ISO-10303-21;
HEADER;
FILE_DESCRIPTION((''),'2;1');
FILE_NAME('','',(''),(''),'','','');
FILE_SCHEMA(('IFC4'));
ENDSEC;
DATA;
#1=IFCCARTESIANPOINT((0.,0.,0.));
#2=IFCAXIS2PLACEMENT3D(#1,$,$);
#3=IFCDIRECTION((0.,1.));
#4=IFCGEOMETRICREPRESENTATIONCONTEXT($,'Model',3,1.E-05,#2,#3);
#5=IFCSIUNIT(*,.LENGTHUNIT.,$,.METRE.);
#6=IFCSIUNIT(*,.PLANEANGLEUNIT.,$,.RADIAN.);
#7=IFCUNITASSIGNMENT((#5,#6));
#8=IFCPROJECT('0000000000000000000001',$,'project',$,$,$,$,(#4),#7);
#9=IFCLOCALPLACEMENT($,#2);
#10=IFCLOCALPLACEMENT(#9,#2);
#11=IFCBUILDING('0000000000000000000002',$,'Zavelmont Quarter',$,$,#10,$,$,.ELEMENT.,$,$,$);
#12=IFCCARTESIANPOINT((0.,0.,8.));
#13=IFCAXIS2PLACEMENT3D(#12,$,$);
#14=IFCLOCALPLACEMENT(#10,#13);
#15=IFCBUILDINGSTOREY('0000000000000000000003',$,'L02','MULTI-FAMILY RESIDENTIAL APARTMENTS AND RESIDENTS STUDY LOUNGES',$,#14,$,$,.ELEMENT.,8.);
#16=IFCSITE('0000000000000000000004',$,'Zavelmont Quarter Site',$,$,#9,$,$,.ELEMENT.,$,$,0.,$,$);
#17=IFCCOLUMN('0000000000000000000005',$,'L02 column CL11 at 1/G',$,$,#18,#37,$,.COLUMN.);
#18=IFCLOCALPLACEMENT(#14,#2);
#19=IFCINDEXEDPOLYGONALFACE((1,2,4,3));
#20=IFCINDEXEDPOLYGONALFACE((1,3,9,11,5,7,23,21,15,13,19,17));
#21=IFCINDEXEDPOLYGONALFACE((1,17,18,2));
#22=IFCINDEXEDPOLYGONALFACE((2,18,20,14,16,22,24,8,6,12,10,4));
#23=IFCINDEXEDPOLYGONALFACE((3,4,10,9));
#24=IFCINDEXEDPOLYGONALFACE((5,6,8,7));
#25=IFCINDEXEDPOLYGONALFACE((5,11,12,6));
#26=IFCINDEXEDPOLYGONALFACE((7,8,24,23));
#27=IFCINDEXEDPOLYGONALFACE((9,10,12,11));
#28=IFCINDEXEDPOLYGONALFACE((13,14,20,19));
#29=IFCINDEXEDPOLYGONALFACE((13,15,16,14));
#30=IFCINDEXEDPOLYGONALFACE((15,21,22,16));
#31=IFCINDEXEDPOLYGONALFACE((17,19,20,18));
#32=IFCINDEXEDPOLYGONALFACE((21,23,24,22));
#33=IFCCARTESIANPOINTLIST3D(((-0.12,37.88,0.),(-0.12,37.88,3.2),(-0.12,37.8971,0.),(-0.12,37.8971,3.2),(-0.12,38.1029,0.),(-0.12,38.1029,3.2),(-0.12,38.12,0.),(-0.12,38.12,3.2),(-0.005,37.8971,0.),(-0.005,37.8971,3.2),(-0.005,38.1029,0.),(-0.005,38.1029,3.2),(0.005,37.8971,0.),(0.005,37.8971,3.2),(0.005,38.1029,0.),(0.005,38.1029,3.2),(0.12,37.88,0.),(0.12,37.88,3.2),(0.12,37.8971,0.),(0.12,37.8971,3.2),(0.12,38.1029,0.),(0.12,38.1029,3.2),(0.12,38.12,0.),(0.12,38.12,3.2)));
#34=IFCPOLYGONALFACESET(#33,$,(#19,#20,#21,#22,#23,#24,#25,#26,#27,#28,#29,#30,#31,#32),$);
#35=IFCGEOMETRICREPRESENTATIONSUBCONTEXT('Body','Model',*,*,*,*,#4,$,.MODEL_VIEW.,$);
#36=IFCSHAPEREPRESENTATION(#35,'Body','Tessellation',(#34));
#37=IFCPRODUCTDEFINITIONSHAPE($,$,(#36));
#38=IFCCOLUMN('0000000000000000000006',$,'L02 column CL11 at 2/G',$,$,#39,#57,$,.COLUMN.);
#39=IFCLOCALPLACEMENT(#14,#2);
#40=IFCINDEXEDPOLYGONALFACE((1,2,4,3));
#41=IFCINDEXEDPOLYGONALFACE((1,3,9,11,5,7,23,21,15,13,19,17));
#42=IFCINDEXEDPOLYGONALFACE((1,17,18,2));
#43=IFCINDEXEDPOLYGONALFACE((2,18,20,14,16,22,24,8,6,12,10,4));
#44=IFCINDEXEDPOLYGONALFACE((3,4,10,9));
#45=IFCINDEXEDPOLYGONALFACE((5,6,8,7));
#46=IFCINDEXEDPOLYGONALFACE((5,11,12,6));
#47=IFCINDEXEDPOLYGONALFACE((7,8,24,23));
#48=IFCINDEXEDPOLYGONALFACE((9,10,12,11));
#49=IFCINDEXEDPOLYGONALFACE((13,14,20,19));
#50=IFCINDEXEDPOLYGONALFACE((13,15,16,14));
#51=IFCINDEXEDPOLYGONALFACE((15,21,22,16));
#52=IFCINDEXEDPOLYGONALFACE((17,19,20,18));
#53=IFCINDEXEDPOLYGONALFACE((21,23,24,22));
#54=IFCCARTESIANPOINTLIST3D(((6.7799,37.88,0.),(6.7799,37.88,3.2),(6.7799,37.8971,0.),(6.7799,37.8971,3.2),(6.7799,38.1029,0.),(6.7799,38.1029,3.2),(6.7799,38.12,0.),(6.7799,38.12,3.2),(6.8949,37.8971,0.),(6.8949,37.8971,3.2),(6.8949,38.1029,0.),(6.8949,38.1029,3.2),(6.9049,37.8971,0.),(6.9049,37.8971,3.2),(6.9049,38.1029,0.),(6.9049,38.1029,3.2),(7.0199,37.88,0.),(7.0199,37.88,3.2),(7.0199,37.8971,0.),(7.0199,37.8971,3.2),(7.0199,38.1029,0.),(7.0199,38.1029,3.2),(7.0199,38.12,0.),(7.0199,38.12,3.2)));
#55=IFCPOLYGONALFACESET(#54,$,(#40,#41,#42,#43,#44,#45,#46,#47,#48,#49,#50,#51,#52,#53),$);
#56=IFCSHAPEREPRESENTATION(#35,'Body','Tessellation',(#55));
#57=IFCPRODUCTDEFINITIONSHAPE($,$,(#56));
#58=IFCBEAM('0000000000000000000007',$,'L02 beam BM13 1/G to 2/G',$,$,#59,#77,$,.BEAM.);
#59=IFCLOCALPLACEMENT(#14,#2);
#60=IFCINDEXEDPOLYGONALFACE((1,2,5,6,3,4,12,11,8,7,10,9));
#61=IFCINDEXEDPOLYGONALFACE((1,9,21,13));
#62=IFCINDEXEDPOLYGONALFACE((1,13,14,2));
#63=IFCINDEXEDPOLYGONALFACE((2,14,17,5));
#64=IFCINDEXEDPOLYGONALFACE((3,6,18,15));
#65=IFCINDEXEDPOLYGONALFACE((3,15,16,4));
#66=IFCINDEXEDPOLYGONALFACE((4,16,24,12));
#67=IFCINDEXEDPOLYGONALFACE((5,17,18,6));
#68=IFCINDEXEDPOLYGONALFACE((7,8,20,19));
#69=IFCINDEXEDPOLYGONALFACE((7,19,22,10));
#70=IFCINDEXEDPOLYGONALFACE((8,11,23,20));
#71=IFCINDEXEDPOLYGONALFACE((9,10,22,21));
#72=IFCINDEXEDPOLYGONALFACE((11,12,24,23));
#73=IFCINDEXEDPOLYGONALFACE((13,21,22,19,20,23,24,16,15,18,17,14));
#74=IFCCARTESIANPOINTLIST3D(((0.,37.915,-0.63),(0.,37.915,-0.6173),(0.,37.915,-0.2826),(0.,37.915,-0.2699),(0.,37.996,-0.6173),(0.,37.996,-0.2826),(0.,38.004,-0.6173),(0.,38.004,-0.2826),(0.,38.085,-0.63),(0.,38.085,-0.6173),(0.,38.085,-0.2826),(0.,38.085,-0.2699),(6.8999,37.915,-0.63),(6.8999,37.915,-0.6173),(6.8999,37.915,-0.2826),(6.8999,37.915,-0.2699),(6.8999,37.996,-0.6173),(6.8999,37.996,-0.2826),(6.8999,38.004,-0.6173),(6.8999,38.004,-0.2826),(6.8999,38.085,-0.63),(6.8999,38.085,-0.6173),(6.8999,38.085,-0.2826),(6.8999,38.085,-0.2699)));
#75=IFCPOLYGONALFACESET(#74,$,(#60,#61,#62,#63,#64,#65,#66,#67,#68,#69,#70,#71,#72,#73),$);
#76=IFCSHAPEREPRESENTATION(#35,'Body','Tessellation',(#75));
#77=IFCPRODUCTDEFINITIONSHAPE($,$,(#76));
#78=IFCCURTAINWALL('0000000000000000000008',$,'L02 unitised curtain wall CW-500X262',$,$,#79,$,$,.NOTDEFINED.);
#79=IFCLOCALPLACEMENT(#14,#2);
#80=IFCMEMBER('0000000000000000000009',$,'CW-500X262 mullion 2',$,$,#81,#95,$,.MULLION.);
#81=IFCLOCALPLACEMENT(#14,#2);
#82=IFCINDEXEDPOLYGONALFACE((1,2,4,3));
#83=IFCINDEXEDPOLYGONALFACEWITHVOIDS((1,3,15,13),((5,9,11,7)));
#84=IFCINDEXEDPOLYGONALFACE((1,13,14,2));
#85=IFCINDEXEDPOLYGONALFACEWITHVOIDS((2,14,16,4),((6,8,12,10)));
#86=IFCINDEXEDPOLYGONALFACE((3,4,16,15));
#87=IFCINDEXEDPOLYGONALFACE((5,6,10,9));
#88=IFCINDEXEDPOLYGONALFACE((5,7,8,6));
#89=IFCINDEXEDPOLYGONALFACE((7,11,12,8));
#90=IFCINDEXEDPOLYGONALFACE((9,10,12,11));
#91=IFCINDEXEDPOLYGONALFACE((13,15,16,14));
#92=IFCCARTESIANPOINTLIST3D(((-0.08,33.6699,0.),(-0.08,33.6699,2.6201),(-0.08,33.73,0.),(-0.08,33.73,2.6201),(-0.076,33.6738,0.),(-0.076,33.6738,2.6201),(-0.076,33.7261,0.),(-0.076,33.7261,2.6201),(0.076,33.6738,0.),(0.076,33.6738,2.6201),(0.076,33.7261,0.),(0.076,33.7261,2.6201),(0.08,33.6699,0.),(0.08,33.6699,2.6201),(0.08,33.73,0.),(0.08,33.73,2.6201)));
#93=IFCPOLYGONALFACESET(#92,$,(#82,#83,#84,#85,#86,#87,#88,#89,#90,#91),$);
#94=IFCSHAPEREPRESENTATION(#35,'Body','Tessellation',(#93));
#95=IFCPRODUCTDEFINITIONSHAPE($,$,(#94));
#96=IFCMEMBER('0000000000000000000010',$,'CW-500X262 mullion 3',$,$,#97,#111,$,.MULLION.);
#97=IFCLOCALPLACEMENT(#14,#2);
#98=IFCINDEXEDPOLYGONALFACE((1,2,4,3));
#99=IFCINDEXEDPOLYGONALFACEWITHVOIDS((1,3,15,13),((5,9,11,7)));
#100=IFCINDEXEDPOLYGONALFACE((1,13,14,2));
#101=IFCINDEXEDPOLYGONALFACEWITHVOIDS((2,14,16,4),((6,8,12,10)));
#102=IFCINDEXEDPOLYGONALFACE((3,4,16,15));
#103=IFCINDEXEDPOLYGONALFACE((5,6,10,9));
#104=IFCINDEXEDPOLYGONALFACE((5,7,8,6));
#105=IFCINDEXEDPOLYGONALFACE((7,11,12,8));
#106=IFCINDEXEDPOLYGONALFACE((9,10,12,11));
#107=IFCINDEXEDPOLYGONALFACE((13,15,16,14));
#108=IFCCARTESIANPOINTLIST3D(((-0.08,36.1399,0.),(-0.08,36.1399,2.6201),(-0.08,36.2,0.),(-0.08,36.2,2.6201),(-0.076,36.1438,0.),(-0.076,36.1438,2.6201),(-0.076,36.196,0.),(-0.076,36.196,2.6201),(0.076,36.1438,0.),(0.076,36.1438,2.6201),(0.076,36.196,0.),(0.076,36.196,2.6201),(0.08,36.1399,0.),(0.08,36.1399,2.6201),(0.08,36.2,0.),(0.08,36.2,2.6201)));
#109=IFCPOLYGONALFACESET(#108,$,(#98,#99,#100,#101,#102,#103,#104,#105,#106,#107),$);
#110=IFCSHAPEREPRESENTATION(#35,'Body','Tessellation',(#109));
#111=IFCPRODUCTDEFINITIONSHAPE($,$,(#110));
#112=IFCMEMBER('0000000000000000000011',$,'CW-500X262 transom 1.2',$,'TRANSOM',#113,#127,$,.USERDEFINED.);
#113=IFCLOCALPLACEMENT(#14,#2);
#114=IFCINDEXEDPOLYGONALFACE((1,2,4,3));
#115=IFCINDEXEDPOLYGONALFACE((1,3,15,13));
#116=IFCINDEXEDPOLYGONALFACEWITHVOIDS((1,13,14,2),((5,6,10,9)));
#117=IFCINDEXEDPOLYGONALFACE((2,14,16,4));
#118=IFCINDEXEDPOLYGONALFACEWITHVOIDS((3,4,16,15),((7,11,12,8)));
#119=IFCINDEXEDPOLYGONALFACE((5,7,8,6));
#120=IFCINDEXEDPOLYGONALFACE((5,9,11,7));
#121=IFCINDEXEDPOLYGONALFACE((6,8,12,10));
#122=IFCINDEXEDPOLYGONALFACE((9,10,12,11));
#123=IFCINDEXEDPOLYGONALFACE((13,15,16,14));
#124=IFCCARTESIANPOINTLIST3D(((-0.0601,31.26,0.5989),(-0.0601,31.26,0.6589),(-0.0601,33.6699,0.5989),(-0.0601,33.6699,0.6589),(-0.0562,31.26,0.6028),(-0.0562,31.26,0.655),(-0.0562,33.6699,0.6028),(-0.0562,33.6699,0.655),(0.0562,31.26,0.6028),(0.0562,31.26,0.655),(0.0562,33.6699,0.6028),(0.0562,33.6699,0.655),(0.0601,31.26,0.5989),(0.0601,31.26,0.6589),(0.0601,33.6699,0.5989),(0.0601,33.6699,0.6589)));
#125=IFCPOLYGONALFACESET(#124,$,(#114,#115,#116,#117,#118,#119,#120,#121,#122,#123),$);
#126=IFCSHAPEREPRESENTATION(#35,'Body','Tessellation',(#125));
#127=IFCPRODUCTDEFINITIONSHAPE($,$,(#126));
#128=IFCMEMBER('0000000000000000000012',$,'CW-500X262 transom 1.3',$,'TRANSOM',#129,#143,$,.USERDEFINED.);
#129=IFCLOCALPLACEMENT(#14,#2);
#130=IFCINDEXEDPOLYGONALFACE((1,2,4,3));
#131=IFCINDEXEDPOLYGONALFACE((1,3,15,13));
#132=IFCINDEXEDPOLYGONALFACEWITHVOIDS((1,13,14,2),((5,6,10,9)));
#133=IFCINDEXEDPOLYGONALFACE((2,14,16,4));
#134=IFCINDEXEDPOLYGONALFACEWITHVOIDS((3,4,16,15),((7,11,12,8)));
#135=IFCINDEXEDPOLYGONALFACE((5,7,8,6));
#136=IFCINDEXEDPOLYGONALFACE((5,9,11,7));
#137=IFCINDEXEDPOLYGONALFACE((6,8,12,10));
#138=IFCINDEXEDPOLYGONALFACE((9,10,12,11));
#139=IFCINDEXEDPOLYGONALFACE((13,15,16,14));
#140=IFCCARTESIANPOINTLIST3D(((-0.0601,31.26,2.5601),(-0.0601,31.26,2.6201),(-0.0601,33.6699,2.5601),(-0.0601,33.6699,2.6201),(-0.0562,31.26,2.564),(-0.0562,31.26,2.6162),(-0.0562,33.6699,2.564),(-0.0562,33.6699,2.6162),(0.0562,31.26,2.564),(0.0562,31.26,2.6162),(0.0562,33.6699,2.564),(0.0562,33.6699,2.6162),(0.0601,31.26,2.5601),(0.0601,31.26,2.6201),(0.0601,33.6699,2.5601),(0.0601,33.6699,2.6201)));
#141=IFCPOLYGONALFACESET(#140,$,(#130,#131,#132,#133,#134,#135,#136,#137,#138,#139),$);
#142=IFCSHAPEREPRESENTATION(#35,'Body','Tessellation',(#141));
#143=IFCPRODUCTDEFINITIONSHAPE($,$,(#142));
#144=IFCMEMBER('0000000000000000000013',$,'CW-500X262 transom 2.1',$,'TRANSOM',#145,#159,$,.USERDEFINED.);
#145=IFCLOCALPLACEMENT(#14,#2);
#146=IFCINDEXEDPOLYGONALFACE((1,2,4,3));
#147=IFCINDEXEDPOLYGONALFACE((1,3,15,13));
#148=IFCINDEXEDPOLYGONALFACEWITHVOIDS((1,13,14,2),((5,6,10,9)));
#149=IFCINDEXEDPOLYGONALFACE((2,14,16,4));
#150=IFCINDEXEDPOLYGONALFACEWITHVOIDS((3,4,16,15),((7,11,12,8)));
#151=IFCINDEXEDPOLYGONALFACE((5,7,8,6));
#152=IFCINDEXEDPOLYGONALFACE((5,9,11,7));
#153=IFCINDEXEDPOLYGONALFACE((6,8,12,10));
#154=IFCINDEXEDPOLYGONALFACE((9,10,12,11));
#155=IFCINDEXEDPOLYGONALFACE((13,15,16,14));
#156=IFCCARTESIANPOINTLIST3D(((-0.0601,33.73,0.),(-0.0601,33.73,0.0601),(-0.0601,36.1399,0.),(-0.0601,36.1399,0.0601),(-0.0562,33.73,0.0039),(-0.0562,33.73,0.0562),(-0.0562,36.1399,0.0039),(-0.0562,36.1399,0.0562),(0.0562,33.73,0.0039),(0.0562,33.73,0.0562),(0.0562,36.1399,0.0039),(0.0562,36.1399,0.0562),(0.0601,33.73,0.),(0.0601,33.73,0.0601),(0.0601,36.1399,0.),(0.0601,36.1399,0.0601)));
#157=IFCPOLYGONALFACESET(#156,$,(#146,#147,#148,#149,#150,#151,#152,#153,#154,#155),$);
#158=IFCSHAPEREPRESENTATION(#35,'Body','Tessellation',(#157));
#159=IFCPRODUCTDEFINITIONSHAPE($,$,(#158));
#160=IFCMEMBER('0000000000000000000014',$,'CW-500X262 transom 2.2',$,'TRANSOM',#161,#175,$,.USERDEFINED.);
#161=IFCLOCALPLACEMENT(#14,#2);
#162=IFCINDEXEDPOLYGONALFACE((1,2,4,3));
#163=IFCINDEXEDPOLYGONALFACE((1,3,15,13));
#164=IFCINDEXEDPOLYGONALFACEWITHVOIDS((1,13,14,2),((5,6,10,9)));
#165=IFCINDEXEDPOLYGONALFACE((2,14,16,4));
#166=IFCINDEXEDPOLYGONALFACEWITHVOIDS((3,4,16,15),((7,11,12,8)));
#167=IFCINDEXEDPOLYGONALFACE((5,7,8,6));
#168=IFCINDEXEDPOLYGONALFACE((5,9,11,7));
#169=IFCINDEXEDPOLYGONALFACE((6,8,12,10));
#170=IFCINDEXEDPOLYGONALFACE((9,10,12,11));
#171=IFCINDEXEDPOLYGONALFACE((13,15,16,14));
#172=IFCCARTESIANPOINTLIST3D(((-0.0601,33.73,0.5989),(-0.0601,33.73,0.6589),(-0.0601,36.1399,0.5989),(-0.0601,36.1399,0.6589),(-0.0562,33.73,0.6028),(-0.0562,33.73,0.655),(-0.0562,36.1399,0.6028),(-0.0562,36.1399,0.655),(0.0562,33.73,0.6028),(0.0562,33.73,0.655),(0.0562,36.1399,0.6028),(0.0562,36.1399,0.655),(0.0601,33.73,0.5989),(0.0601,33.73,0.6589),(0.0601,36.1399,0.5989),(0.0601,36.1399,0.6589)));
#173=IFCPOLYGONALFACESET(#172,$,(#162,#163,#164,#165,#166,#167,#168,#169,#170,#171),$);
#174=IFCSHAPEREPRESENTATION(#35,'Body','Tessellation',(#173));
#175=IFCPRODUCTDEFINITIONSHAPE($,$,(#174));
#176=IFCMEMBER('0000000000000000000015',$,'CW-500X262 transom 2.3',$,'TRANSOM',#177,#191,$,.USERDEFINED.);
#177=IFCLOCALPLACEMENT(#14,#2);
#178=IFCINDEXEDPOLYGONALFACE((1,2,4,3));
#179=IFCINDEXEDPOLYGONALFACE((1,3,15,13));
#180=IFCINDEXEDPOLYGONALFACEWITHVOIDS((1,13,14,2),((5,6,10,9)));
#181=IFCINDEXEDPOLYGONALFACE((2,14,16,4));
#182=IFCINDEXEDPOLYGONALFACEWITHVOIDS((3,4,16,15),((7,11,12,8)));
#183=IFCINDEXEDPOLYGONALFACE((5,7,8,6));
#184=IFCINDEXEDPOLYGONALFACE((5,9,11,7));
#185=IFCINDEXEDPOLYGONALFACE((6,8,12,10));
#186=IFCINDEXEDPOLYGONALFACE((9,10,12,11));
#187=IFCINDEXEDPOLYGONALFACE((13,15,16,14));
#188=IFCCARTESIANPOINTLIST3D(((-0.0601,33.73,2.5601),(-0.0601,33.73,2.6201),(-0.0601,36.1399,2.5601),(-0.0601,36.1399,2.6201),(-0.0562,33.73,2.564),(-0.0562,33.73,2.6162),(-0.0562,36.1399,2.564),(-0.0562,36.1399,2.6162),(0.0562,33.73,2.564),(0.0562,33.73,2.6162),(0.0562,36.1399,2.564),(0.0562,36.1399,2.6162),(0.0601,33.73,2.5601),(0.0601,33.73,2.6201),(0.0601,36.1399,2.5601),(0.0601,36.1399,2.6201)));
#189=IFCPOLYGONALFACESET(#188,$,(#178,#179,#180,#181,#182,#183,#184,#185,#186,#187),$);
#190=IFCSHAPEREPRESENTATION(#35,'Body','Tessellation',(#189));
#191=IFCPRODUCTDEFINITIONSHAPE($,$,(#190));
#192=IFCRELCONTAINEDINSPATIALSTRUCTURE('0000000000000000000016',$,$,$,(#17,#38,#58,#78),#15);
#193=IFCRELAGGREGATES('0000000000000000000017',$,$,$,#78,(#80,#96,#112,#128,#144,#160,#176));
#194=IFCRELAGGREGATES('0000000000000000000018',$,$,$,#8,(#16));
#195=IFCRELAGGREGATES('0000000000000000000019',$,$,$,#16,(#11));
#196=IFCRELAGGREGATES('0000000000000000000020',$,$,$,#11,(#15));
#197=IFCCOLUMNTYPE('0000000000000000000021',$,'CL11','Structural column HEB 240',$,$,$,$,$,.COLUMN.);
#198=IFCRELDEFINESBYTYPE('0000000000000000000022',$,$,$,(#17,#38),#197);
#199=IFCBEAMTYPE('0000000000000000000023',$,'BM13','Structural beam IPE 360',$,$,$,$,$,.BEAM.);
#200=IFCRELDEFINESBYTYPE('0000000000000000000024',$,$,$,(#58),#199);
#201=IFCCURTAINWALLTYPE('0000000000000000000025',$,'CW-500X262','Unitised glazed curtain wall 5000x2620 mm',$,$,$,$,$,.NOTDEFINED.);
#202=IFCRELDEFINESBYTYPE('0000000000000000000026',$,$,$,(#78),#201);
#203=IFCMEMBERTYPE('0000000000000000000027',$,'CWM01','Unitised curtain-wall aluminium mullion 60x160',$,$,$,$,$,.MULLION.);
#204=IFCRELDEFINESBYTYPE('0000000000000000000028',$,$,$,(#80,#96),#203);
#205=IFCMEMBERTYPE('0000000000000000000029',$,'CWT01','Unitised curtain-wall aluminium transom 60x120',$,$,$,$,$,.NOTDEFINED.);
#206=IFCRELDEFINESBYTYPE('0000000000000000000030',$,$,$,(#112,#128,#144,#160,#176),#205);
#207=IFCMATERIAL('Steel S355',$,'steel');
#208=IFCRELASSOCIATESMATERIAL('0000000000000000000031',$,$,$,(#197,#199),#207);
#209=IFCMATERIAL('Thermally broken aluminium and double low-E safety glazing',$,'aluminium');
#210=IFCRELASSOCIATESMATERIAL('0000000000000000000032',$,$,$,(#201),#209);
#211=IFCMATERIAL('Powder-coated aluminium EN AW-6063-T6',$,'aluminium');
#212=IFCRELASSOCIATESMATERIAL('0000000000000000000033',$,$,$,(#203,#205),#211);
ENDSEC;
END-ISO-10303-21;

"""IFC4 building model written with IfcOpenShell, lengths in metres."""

from ifc_helpers import new_model, si_unit, direction, frame, origin, origin_2d, place, context, subcontext, project, spatial, hollow_rectangle, i_section, extrude, material, material_profile, profile_set, type_object, element, aggregate, save


model = new_model("IFC4")

# Units and contexts
model_context = context("Model", 3, precision=1e-05, world=origin(), true_north=direction((0.0, 1.0)))
body_context = subcontext(model_context, "Body", "Model", "MODEL_VIEW")
ifc_project = project(units=[si_unit("LENGTHUNIT", "METRE"), si_unit("PLANEANGLEUNIT", "RADIAN")], contexts=[model_context])

# Site, building, storey
site_placement = place(None, origin())
site = spatial("IfcSite", under=ifc_project, at=site_placement, Name="Zavelmont Quarter Site", CompositionType="ELEMENT", RefElevation=0.0)
building_placement = place(site_placement, origin())
building = spatial("IfcBuilding", under=site, at=building_placement, Name="Zavelmont Quarter", CompositionType="ELEMENT")
storey_placement = place(building_placement, frame((0.0, 0.0, 8.0)))
storey = spatial("IfcBuildingStorey", under=building, at=storey_placement, Name="L02", Description="MULTI-FAMILY RESIDENTIAL APARTMENTS AND RESIDENTS STUDY LOUNGES", CompositionType="ELEMENT", Elevation=8.0)

# Columns
ifc_material_1 = material(Name="Steel S355", Category="steel")
ifc_material_profile_1 = material_profile(ifc_material_1, i_section(OverallWidth=0.24, OverallDepth=0.24, WebThickness=0.01, FlangeThickness=0.0171, at=origin_2d()), Name="HEB 240")
ifc_profile_set_1 = profile_set([ifc_material_profile_1], Name="Steel S355")
column_type = type_object("IfcColumnType", Name="CL11", Description="Structural column HEB 240", PredefinedType="COLUMN", material=ifc_profile_set_1)
for number, where, z_axis, x_axis, name in (
    (1, (0.0, 38.0, 0.0), (0.0, 0.0, 1.0), (1.0, 0.0, 0.0), "L02 column CL11 at 1/G"),
    (2, (6.8999, 38.0, 0.0), (0.0, 0.0, 1.0), (1.0, 0.0, 0.0), "L02 column CL11 at 2/G"),
):
    element("IfcColumn", number, at=place(storey_placement, frame(where, z_axis=z_axis, x_axis=x_axis)), inside=storey, type_object=column_type, Name=name, PredefinedType="COLUMN", context=body_context, shape_type="SweptSolid", body=[
        extrude(i_section(OverallWidth=0.24, OverallDepth=0.24, WebThickness=0.01, FlangeThickness=0.0171, at=origin_2d()), origin(), (0.0, 0.0, 1.0), 3.2),
    ])

# Beam
ifc_material_profile_2 = material_profile(ifc_material_1, i_section(OverallWidth=0.1699, OverallDepth=0.3601, WebThickness=0.0081, FlangeThickness=0.0127, at=origin_2d()), Name="IPE 360")
ifc_profile_set_2 = profile_set([ifc_material_profile_2], Name="Steel S355")
beam_type = type_object("IfcBeamType", Name="BM13", Description="Structural beam IPE 360", PredefinedType="BEAM", material=ifc_profile_set_2)
beam_placement = place(storey_placement, frame((0.0, 38.0, -0.45), z_axis=(1.0, 0.0, 0.0), x_axis=(0.0, 1.0, 0.0)))
element("IfcBeam", 3, at=beam_placement, inside=storey, type_object=beam_type, Name="L02 beam BM13 1/G to 2/G", PredefinedType="BEAM", context=body_context, shape_type="SweptSolid", body=[
    extrude(i_section(OverallWidth=0.1699, OverallDepth=0.3601, WebThickness=0.0081, FlangeThickness=0.0127, at=origin_2d()), origin(), (0.0, 0.0, 1.0), 6.8999),
])

# Curtain wall, members
ifc_material_2 = material(Name="Thermally broken aluminium and double low-E safety glazing", Category="aluminium")
curtain_wall_type = type_object("IfcCurtainWallType", Name="CW-500X262", Description="Unitised glazed curtain wall 5000x2620 mm", PredefinedType="NOTDEFINED", material=ifc_material_2)
curtain_wall_placement = place(storey_placement, origin())
curtain_wall = element("IfcCurtainWall", 4, at=curtain_wall_placement, inside=storey, type_object=curtain_wall_type, Name="L02 unitised curtain wall CW-500X262", PredefinedType="NOTDEFINED")
ifc_material_3 = material(Name="Powder-coated aluminium EN AW-6063-T6", Category="aluminium")
ifc_material_profile_3 = material_profile(ifc_material_3, hollow_rectangle(XDim=0.0601, YDim=0.1599, WallThickness=0.0039, at=origin_2d()), Name="CWM60X160")
ifc_profile_set_3 = profile_set([ifc_material_profile_3], Name="Powder-coated aluminium EN AW-6063-T6")
member_type_1 = type_object("IfcMemberType", Name="CWM01", Description="Unitised curtain-wall aluminium mullion 60x160", PredefinedType="MULLION", material=ifc_profile_set_3)
member_1_placement = place(storey_placement, frame((0.0, 33.7, 0.0), z_axis=(0.0, 0.0, 1.0), x_axis=(0.0, 1.0, 0.0)))
member_1 = element("IfcMember", 5, at=member_1_placement, type_object=member_type_1, Name="CW-500X262 mullion 2", PredefinedType="MULLION", context=body_context, shape_type="SweptSolid", body=[
    extrude(hollow_rectangle(XDim=0.0601, YDim=0.1599, WallThickness=0.0039, at=origin_2d()), origin(), (0.0, 0.0, 1.0), 2.6201),
])
member_2_placement = place(storey_placement, frame((0.0, 36.1699, 0.0), z_axis=(0.0, 0.0, 1.0), x_axis=(0.0, 1.0, 0.0)))
member_2 = element("IfcMember", 6, at=member_2_placement, type_object=member_type_1, Name="CW-500X262 mullion 3", PredefinedType="MULLION", context=body_context, shape_type="SweptSolid", body=[
    extrude(hollow_rectangle(XDim=0.0601, YDim=0.1599, WallThickness=0.0039, at=origin_2d()), origin(), (0.0, 0.0, 1.0), 2.6201),
])
ifc_material_profile_4 = material_profile(ifc_material_3, hollow_rectangle(XDim=0.1201, YDim=0.0601, WallThickness=0.0039, at=origin_2d()), Name="CWT60X120")
ifc_profile_set_4 = profile_set([ifc_material_profile_4], Name="Powder-coated aluminium EN AW-6063-T6")
member_type_2 = type_object("IfcMemberType", Name="CWT01", Description="Unitised curtain-wall aluminium transom 60x120", PredefinedType="NOTDEFINED", material=ifc_profile_set_4)
member_3_placement = place(storey_placement, frame((0.0, 31.26, 0.6289), z_axis=(0.0, 1.0, 0.0), x_axis=(-1.0, 0.0, 0.0)))
member_3 = element("IfcMember", 7, at=member_3_placement, type_object=member_type_2, Name="CW-500X262 transom 1.2", ObjectType="TRANSOM", PredefinedType="USERDEFINED", context=body_context, shape_type="SweptSolid", body=[
    extrude(hollow_rectangle(XDim=0.1201, YDim=0.0601, WallThickness=0.0039, at=origin_2d()), origin(), (0.0, 0.0, 1.0), 2.4099),
])
member_4_placement = place(storey_placement, frame((0.0, 31.26, 2.5901), z_axis=(0.0, 1.0, 0.0), x_axis=(-1.0, 0.0, 0.0)))
member_4 = element("IfcMember", 8, at=member_4_placement, type_object=member_type_2, Name="CW-500X262 transom 1.3", ObjectType="TRANSOM", PredefinedType="USERDEFINED", context=body_context, shape_type="SweptSolid", body=[
    extrude(hollow_rectangle(XDim=0.1201, YDim=0.0601, WallThickness=0.0039, at=origin_2d()), origin(), (0.0, 0.0, 1.0), 2.4099),
])
member_5_placement = place(storey_placement, frame((0.0, 33.73, 0.03), z_axis=(0.0, 1.0, 0.0), x_axis=(-1.0, 0.0, 0.0)))
member_5 = element("IfcMember", 9, at=member_5_placement, type_object=member_type_2, Name="CW-500X262 transom 2.1", ObjectType="TRANSOM", PredefinedType="USERDEFINED", context=body_context, shape_type="SweptSolid", body=[
    extrude(hollow_rectangle(XDim=0.1201, YDim=0.0601, WallThickness=0.0039, at=origin_2d()), origin(), (0.0, 0.0, 1.0), 2.4099),
])
member_6_placement = place(storey_placement, frame((0.0, 33.73, 0.6289), z_axis=(0.0, 1.0, 0.0), x_axis=(-1.0, 0.0, 0.0)))
member_6 = element("IfcMember", 10, at=member_6_placement, type_object=member_type_2, Name="CW-500X262 transom 2.2", ObjectType="TRANSOM", PredefinedType="USERDEFINED", context=body_context, shape_type="SweptSolid", body=[
    extrude(hollow_rectangle(XDim=0.1201, YDim=0.0601, WallThickness=0.0039, at=origin_2d()), origin(), (0.0, 0.0, 1.0), 2.4099),
])
member_7_placement = place(storey_placement, frame((0.0, 33.73, 2.5901), z_axis=(0.0, 1.0, 0.0), x_axis=(-1.0, 0.0, 0.0)))
member_7 = element("IfcMember", 11, at=member_7_placement, type_object=member_type_2, Name="CW-500X262 transom 2.3", ObjectType="TRANSOM", PredefinedType="USERDEFINED", context=body_context, shape_type="SweptSolid", body=[
    extrude(hollow_rectangle(XDim=0.1201, YDim=0.0601, WallThickness=0.0039, at=origin_2d()), origin(), (0.0, 0.0, 1.0), 2.4099),
])
aggregate(curtain_wall, [member_1, member_2, member_3, member_4, member_5, member_6, member_7])

save(model, "model.ifc")
